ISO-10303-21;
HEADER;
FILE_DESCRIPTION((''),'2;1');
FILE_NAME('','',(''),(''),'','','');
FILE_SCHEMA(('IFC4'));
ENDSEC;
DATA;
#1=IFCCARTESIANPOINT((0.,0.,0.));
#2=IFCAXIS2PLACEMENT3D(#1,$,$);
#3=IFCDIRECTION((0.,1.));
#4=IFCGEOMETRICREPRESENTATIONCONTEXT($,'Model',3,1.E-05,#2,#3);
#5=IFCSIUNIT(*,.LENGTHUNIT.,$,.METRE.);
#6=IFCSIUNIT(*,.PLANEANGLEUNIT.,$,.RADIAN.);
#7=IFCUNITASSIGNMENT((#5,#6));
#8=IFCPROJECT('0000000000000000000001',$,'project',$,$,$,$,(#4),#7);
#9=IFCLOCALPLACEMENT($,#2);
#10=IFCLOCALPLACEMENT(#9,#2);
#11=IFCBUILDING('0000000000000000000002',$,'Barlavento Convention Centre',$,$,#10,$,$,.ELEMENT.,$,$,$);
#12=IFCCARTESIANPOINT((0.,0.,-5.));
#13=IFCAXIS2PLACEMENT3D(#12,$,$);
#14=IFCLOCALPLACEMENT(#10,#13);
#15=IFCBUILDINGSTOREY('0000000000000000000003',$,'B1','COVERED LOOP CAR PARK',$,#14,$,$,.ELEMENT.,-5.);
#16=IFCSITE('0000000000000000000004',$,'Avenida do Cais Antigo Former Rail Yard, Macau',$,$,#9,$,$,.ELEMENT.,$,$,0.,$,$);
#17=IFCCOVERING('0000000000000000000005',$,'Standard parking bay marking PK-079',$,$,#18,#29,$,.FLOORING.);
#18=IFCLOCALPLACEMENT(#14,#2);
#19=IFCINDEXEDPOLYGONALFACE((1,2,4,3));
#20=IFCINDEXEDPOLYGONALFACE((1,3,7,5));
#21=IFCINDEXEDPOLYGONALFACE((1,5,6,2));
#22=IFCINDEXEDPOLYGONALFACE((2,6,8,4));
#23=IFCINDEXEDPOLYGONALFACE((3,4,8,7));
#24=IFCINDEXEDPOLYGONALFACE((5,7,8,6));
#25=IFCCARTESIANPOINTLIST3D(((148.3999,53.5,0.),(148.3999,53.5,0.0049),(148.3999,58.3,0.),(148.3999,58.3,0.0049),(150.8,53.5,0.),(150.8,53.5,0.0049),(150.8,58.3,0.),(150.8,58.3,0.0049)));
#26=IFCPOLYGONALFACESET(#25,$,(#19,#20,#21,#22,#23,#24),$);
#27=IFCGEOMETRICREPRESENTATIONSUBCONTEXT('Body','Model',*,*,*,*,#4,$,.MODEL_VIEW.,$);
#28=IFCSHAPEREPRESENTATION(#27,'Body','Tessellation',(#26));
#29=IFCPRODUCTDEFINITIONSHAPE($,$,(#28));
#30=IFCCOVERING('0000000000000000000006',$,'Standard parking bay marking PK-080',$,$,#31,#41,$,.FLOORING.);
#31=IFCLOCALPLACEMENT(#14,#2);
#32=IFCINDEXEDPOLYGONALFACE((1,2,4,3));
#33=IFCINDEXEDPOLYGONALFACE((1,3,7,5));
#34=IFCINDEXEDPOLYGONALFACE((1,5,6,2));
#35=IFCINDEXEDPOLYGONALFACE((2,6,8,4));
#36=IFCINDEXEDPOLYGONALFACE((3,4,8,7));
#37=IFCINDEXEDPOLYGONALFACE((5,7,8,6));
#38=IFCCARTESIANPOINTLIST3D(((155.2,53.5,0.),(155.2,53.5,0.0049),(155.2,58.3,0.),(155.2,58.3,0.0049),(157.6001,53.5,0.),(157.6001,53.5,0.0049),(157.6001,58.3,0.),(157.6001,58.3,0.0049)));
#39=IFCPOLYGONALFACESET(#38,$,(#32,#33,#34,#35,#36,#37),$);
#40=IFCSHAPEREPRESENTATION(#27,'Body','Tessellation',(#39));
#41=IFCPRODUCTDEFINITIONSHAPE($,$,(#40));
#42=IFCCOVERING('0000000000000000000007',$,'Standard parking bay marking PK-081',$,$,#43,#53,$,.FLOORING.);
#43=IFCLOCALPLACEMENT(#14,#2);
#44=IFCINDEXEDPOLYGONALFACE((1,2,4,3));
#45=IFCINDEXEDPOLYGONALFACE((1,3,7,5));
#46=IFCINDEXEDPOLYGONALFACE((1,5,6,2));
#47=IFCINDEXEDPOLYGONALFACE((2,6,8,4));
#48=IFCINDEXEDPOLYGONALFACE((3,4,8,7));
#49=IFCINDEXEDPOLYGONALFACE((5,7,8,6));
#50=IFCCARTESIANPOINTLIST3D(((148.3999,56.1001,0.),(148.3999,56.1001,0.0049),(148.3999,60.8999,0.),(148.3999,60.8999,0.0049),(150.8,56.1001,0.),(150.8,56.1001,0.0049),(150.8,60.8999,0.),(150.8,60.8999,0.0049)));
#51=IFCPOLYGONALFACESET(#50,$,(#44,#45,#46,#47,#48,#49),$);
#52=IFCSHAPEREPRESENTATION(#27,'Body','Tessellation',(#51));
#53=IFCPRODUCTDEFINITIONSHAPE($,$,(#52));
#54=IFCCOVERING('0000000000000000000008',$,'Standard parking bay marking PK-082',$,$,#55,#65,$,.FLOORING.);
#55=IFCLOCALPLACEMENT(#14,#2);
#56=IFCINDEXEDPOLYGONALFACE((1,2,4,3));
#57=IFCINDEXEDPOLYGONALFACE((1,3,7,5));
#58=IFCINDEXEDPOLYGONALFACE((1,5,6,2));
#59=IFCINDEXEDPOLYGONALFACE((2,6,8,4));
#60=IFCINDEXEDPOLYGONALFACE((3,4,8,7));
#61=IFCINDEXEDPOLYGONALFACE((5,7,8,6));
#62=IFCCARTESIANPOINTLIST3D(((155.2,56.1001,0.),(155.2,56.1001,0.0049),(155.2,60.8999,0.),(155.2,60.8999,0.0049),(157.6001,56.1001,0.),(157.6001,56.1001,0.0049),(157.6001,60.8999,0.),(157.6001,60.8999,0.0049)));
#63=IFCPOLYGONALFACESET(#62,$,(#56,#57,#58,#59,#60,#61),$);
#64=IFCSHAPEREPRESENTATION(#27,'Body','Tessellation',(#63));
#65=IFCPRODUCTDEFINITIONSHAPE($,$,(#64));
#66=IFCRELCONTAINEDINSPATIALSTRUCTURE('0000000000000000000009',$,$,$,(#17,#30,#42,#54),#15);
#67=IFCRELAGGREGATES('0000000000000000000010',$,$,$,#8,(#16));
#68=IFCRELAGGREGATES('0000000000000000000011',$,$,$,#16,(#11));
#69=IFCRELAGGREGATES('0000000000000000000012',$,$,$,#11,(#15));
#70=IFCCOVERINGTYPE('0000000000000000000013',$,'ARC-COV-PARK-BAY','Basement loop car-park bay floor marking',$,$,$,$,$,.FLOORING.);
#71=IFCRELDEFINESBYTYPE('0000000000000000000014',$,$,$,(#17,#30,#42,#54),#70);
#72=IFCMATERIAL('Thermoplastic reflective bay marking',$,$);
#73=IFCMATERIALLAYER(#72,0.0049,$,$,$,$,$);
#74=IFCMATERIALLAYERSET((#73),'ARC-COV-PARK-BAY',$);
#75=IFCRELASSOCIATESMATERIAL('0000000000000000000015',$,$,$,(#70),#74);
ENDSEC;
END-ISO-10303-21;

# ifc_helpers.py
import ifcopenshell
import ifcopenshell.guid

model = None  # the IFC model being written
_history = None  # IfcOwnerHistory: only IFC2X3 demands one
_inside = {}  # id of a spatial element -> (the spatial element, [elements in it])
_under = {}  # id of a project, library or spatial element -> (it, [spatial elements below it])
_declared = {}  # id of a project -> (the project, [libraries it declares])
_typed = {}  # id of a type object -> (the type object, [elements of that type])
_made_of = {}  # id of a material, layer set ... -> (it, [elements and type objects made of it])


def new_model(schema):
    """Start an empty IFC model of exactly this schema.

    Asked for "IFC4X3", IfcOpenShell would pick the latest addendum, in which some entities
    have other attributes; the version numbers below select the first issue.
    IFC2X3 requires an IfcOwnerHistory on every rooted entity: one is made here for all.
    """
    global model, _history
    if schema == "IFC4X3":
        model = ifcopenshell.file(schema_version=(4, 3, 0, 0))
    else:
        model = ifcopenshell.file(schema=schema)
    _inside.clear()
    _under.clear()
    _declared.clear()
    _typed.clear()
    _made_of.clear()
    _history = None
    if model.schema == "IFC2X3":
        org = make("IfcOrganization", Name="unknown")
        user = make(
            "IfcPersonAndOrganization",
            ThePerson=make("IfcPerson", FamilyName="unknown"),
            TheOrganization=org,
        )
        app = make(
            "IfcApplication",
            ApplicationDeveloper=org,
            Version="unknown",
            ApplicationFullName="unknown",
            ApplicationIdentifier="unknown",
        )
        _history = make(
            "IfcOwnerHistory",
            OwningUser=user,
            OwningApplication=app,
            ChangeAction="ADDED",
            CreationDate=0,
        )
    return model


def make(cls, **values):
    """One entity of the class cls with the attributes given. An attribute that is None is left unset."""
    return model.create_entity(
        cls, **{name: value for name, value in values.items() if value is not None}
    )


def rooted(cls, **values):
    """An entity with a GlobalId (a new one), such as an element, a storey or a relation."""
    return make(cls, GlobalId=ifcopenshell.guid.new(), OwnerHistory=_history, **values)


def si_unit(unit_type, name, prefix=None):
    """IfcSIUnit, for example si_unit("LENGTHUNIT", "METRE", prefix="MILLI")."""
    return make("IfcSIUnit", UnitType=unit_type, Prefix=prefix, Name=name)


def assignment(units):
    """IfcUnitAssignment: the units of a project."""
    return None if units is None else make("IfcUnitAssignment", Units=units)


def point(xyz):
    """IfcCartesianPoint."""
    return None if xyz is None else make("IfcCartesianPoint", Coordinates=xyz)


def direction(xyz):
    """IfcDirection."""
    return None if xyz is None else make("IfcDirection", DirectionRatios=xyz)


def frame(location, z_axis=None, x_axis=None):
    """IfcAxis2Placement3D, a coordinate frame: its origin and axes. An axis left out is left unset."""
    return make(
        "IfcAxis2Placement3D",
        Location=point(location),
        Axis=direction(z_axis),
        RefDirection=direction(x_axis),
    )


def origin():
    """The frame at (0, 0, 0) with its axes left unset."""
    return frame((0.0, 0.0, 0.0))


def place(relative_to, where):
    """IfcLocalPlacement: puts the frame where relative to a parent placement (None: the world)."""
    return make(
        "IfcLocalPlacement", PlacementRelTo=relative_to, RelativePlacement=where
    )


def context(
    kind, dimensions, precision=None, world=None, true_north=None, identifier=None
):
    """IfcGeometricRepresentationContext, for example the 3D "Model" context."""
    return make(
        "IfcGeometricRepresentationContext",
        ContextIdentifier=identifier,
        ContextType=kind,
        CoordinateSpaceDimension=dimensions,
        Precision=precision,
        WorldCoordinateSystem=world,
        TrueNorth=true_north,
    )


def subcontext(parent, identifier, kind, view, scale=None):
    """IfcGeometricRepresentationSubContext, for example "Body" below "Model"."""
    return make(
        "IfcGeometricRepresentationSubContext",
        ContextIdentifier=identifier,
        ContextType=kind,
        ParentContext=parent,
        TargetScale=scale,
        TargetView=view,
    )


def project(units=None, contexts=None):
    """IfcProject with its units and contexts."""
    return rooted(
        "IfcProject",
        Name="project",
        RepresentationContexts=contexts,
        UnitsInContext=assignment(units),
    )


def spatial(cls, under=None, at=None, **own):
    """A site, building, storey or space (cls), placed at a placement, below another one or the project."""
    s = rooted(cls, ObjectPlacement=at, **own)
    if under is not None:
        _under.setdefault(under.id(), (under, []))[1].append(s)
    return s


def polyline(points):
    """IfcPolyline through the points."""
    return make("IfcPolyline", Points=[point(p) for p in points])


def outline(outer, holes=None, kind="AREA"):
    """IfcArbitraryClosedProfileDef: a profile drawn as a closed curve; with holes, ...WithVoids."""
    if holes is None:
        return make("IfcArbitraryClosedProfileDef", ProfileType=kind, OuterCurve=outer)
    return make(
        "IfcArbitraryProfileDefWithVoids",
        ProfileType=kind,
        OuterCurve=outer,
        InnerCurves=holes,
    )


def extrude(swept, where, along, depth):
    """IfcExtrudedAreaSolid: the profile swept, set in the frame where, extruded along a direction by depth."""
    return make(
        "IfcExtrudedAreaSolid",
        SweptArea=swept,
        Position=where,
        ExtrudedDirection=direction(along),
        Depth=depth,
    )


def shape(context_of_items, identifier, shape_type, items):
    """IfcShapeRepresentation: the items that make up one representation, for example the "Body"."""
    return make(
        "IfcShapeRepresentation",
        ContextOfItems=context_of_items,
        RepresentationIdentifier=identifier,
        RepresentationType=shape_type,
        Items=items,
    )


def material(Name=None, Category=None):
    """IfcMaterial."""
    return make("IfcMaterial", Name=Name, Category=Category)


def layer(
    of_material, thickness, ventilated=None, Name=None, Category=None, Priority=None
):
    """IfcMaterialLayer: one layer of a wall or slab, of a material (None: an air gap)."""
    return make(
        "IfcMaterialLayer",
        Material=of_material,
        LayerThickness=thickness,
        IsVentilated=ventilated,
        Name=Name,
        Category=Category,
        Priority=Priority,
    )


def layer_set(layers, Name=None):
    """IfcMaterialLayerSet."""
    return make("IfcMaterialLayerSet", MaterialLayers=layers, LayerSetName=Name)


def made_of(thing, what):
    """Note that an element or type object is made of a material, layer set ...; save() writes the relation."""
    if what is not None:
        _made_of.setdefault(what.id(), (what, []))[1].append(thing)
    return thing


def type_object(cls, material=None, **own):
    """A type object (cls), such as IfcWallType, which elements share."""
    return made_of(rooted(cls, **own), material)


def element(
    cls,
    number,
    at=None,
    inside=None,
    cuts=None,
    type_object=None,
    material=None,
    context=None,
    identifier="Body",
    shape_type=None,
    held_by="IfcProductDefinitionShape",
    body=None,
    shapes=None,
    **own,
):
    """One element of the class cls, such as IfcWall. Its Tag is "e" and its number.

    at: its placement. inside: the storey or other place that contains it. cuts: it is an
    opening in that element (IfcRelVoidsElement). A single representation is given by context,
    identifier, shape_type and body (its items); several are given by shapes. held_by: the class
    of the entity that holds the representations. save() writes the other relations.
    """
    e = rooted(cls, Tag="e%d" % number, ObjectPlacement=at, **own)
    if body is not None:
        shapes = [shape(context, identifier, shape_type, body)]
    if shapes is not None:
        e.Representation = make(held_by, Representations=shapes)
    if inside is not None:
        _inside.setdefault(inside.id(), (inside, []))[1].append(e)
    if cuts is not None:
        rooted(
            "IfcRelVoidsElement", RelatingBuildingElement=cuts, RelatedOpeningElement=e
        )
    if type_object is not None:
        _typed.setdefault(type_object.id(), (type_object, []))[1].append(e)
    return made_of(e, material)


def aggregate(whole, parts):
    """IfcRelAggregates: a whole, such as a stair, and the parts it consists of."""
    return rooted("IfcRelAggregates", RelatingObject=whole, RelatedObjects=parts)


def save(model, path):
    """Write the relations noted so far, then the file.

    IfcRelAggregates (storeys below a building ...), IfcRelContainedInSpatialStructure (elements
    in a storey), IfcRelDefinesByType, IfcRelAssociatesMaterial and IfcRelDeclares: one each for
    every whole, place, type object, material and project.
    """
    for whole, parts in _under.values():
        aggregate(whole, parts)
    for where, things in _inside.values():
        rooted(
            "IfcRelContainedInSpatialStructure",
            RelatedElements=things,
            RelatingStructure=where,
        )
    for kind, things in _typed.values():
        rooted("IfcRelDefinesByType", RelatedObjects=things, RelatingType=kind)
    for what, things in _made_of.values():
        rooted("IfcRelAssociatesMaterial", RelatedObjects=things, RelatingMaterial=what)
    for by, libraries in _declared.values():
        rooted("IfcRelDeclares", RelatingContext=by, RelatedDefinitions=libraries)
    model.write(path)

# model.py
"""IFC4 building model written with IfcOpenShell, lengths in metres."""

from ifc_helpers import new_model, si_unit, direction, frame, origin, place, context, subcontext, project, spatial, polyline, outline, extrude, material, layer, layer_set, type_object, element, save


model = new_model("IFC4")

# Units and contexts
model_context = context("Model", 3, precision=1e-05, world=origin(), true_north=direction((0.0, 1.0)))
body_context = subcontext(model_context, "Body", "Model", "MODEL_VIEW")
ifc_project = project(units=[si_unit("LENGTHUNIT", "METRE"), si_unit("PLANEANGLEUNIT", "RADIAN")], contexts=[model_context])

# Site, building, storey
site_placement = place(None, origin())
site = spatial("IfcSite", under=ifc_project, at=site_placement, Name="Avenida do Cais Antigo Former Rail Yard, Macau", CompositionType="ELEMENT", RefElevation=0.0)
building_placement = place(site_placement, origin())
building = spatial("IfcBuilding", under=site, at=building_placement, Name="Barlavento Convention Centre", CompositionType="ELEMENT")
storey_placement = place(building_placement, frame((0.0, 0.0, -5.0)))
storey = spatial("IfcBuildingStorey", under=building, at=storey_placement, Name="B1", Description="COVERED LOOP CAR PARK", CompositionType="ELEMENT", Elevation=-5.0)

# Coverings
ifc_material = material(Name="Thermoplastic reflective bay marking")
ifc_layer = layer(ifc_material, 0.0049)
ifc_layer_set = layer_set([ifc_layer], Name="ARC-COV-PARK-BAY")
covering_type = type_object("IfcCoveringType", Name="ARC-COV-PARK-BAY", Description="Basement loop car-park bay floor marking", PredefinedType="FLOORING", material=ifc_layer_set)
covering_1_placement = place(storey_placement, origin())
element("IfcCovering", 1, at=covering_1_placement, inside=storey, type_object=covering_type, Name="Standard parking bay marking PK-079", PredefinedType="FLOORING", context=body_context, shape_type="SweptSolid", body=[
    extrude(outline(polyline([(148.3999, 53.5), (150.8, 53.5), (150.8, 58.3), (148.3999, 58.3), (148.3999, 53.5)])), origin(), (0.0, 0.0, 1.0), 0.0049),
])
covering_2_placement = place(storey_placement, origin())
element("IfcCovering", 2, at=covering_2_placement, inside=storey, type_object=covering_type, Name="Standard parking bay marking PK-080", PredefinedType="FLOORING", context=body_context, shape_type="SweptSolid", body=[
    extrude(outline(polyline([(155.2, 53.5), (157.6001, 53.5), (157.6001, 58.3), (155.2, 58.3), (155.2, 53.5)])), origin(), (0.0, 0.0, 1.0), 0.0049),
])
covering_3_placement = place(storey_placement, origin())
element("IfcCovering", 3, at=covering_3_placement, inside=storey, type_object=covering_type, Name="Standard parking bay marking PK-081", PredefinedType="FLOORING", context=body_context, shape_type="SweptSolid", body=[
    extrude(outline(polyline([(148.3999, 56.1001), (150.8, 56.1001), (150.8, 60.8999), (148.3999, 60.8999), (148.3999, 56.1001)])), origin(), (0.0, 0.0, 1.0), 0.0049),
])
covering_4_placement = place(storey_placement, origin())
element("IfcCovering", 4, at=covering_4_placement, inside=storey, type_object=covering_type, Name="Standard parking bay marking PK-082", PredefinedType="FLOORING", context=body_context, shape_type="SweptSolid", body=[
    extrude(outline(polyline([(155.2, 56.1001), (157.6001, 56.1001), (157.6001, 60.8999), (155.2, 60.8999), (155.2, 56.1001)])), origin(), (0.0, 0.0, 1.0), 0.0049),
])

save(model, "model.ifc")
